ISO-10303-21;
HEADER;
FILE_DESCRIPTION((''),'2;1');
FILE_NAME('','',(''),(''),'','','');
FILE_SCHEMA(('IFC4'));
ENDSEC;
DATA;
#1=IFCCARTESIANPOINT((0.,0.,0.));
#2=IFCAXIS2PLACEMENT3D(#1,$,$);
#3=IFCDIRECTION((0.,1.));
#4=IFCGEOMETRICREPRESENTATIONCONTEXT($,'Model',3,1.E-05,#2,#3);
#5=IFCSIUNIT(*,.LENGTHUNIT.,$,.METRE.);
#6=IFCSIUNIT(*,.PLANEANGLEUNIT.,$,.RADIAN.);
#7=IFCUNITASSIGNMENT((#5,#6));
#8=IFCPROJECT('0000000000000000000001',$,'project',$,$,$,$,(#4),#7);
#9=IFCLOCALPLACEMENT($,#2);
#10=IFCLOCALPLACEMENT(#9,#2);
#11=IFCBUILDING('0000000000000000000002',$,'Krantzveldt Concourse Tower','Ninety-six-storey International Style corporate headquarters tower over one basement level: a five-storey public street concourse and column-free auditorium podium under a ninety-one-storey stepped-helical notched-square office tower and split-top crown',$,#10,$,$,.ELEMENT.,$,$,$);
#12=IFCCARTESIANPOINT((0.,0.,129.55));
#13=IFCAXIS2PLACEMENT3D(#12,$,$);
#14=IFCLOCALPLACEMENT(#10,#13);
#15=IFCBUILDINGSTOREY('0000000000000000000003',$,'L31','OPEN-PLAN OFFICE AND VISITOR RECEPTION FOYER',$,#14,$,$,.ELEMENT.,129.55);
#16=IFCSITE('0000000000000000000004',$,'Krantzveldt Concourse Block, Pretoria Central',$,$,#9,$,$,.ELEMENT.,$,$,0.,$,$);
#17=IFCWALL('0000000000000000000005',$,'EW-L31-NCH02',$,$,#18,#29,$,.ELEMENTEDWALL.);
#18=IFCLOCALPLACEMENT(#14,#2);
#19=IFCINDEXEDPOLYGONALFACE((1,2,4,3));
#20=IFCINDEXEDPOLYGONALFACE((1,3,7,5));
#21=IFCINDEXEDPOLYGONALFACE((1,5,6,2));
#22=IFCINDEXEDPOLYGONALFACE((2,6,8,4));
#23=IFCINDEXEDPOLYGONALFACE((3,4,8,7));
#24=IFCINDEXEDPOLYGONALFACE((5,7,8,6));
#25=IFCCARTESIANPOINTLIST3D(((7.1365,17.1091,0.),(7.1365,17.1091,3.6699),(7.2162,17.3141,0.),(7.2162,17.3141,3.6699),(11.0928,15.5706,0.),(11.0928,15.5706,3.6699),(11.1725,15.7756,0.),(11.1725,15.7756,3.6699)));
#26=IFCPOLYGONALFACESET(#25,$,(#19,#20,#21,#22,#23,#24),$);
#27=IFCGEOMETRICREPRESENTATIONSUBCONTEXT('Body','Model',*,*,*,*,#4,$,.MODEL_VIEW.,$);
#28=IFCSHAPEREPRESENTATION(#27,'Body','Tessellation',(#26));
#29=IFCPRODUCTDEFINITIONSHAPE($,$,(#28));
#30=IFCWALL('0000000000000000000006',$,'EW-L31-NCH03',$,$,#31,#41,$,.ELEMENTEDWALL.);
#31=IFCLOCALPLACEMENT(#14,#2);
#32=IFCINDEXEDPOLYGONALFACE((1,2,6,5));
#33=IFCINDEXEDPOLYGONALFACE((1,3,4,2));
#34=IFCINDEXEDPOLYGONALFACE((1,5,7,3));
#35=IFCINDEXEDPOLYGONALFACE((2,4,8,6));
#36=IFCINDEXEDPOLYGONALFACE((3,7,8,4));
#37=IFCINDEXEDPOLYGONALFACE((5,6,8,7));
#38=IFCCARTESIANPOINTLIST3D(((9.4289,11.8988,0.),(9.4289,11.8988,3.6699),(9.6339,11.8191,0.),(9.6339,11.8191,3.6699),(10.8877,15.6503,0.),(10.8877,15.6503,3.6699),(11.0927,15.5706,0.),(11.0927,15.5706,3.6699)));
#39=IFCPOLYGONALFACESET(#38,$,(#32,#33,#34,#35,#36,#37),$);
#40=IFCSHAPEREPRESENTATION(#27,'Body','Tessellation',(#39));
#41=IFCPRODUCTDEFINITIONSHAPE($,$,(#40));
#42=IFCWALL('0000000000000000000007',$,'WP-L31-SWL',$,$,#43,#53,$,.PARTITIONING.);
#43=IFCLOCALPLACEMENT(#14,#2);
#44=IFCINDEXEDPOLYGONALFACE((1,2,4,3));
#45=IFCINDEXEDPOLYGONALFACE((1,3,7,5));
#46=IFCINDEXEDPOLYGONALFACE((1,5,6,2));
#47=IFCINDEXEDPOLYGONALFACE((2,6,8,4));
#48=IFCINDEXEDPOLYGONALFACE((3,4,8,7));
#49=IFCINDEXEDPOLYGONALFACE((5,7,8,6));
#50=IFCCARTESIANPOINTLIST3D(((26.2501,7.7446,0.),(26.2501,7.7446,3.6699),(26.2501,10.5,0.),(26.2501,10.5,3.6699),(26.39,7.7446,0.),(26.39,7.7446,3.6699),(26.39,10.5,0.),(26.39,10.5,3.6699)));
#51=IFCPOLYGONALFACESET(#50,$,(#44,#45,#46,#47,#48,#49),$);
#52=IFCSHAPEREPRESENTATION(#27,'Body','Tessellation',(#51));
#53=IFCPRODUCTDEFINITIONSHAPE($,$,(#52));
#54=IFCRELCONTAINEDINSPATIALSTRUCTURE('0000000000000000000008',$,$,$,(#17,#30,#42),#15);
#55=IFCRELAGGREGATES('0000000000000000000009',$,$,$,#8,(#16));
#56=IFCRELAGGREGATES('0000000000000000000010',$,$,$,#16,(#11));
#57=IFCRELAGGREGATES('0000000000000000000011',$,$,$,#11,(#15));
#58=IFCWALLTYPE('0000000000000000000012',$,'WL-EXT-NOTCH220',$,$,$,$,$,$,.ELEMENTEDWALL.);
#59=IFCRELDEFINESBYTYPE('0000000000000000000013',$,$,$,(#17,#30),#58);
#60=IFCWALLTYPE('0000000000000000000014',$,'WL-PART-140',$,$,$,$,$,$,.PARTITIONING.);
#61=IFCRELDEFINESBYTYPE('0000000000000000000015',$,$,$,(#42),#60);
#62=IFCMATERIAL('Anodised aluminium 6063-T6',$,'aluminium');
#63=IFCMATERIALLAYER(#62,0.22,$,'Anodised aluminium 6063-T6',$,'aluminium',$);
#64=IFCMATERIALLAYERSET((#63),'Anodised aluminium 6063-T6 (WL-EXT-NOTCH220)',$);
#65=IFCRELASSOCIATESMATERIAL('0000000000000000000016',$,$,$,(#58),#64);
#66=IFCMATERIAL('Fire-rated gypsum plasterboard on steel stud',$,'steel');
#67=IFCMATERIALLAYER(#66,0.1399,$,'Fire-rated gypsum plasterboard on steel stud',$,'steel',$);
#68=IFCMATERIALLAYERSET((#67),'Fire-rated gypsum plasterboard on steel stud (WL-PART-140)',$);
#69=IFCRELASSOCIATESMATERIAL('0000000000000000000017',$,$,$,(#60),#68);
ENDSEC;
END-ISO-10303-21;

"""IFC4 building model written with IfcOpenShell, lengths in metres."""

from ifc_helpers import new_model, si_unit, direction, frame, frame_2d, origin, place, context, subcontext, project, spatial, rectangle, extrude, material, layer, layer_set, type_object, element, save


model = new_model("IFC4")

# Units and contexts
model_context = context("Model", 3, precision=1e-05, world=origin(), true_north=direction((0.0, 1.0)))
body_context = subcontext(model_context, "Body", "Model", "MODEL_VIEW")
ifc_project = project(units=[si_unit("LENGTHUNIT", "METRE"), si_unit("PLANEANGLEUNIT", "RADIAN")], contexts=[model_context])

# Site, building, storey
site_placement = place(None, origin())
site = spatial("IfcSite", under=ifc_project, at=site_placement, Name="Krantzveldt Concourse Block, Pretoria Central", CompositionType="ELEMENT", RefElevation=0.0)
building_placement = place(site_placement, origin())
building = spatial("IfcBuilding", under=site, at=building_placement, Name="Krantzveldt Concourse Tower", Description="Ninety-six-storey International Style corporate headquarters tower over one basement level: a five-storey public street concourse and column-free auditorium podium under a ninety-one-storey stepped-helical notched-square office tower and split-top crown", CompositionType="ELEMENT")
storey_placement = place(building_placement, frame((0.0, 0.0, 129.55)))
storey = spatial("IfcBuildingStorey", under=building, at=storey_placement, Name="L31", Description="OPEN-PLAN OFFICE AND VISITOR RECEPTION FOYER", CompositionType="ELEMENT", Elevation=129.55)

# Shared definitions
ifc_material_1 = material(Name="Anodised aluminium 6063-T6", Category="aluminium")

# Walls
ifc_layer_1 = layer(ifc_material_1, 0.22, Name="Anodised aluminium 6063-T6", Category="aluminium")
ifc_layer_set_1 = layer_set([ifc_layer_1], Name="Anodised aluminium 6063-T6 (WL-EXT-NOTCH220)")
wall_type_1 = type_object("IfcWallType", Name="WL-EXT-NOTCH220", PredefinedType="ELEMENTEDWALL", material=ifc_layer_set_1)
wall_1_placement = place(storey_placement, frame((7.1763, 17.2117, 0.0), z_axis=(0.0, 0.0, 1.0), x_axis=(0.932004, -0.362449, 0.0)))
element("IfcWall", 1, at=wall_1_placement, inside=storey, type_object=wall_type_1, Name="EW-L31-NCH02", PredefinedType="ELEMENTEDWALL", context=body_context, shape_type="SweptSolid", body=[
    extrude(rectangle(XDim=4.2449, YDim=0.22, at=frame_2d((2.1226, 0.0))), origin(), (0.0, 0.0, 1.0), 3.6699),
])
wall_2_placement = place(storey_placement, frame((10.9902, 15.6106, 0.0), z_axis=(0.0, 0.0, 1.0), x_axis=(-0.362411, -0.932018, 0.0)))
element("IfcWall", 2, at=wall_2_placement, inside=storey, type_object=wall_type_1, Name="EW-L31-NCH03", PredefinedType="ELEMENTEDWALL", context=body_context, shape_type="SweptSolid", body=[
    extrude(rectangle(XDim=4.0251, YDim=0.22, at=frame_2d((2.0127, 0.0))), origin(), (0.0, 0.0, 1.0), 3.6699),
])
ifc_material_2 = material(Name="Fire-rated gypsum plasterboard on steel stud", Category="steel")
ifc_layer_2 = layer(ifc_material_2, 0.1399, Name="Fire-rated gypsum plasterboard on steel stud", Category="steel")
ifc_layer_set_2 = layer_set([ifc_layer_2], Name="Fire-rated gypsum plasterboard on steel stud (WL-PART-140)")
wall_type_2 = type_object("IfcWallType", Name="WL-PART-140", PredefinedType="PARTITIONING", material=ifc_layer_set_2)
wall_3_placement = place(storey_placement, frame((26.3201, 7.7446, 0.0), z_axis=(0.0, 0.0, 1.0), x_axis=(0.0, 1.0, 0.0)))
element("IfcWall", 3, at=wall_3_placement, inside=storey, type_object=wall_type_2, Name="WP-L31-SWL", PredefinedType="PARTITIONING", context=body_context, shape_type="SweptSolid", body=[
    extrude(rectangle(XDim=2.7554, YDim=0.1399, at=frame_2d((1.3777, 0.0))), origin(), (0.0, 0.0, 1.0), 3.6699),
])

save(model, "model.ifc")
